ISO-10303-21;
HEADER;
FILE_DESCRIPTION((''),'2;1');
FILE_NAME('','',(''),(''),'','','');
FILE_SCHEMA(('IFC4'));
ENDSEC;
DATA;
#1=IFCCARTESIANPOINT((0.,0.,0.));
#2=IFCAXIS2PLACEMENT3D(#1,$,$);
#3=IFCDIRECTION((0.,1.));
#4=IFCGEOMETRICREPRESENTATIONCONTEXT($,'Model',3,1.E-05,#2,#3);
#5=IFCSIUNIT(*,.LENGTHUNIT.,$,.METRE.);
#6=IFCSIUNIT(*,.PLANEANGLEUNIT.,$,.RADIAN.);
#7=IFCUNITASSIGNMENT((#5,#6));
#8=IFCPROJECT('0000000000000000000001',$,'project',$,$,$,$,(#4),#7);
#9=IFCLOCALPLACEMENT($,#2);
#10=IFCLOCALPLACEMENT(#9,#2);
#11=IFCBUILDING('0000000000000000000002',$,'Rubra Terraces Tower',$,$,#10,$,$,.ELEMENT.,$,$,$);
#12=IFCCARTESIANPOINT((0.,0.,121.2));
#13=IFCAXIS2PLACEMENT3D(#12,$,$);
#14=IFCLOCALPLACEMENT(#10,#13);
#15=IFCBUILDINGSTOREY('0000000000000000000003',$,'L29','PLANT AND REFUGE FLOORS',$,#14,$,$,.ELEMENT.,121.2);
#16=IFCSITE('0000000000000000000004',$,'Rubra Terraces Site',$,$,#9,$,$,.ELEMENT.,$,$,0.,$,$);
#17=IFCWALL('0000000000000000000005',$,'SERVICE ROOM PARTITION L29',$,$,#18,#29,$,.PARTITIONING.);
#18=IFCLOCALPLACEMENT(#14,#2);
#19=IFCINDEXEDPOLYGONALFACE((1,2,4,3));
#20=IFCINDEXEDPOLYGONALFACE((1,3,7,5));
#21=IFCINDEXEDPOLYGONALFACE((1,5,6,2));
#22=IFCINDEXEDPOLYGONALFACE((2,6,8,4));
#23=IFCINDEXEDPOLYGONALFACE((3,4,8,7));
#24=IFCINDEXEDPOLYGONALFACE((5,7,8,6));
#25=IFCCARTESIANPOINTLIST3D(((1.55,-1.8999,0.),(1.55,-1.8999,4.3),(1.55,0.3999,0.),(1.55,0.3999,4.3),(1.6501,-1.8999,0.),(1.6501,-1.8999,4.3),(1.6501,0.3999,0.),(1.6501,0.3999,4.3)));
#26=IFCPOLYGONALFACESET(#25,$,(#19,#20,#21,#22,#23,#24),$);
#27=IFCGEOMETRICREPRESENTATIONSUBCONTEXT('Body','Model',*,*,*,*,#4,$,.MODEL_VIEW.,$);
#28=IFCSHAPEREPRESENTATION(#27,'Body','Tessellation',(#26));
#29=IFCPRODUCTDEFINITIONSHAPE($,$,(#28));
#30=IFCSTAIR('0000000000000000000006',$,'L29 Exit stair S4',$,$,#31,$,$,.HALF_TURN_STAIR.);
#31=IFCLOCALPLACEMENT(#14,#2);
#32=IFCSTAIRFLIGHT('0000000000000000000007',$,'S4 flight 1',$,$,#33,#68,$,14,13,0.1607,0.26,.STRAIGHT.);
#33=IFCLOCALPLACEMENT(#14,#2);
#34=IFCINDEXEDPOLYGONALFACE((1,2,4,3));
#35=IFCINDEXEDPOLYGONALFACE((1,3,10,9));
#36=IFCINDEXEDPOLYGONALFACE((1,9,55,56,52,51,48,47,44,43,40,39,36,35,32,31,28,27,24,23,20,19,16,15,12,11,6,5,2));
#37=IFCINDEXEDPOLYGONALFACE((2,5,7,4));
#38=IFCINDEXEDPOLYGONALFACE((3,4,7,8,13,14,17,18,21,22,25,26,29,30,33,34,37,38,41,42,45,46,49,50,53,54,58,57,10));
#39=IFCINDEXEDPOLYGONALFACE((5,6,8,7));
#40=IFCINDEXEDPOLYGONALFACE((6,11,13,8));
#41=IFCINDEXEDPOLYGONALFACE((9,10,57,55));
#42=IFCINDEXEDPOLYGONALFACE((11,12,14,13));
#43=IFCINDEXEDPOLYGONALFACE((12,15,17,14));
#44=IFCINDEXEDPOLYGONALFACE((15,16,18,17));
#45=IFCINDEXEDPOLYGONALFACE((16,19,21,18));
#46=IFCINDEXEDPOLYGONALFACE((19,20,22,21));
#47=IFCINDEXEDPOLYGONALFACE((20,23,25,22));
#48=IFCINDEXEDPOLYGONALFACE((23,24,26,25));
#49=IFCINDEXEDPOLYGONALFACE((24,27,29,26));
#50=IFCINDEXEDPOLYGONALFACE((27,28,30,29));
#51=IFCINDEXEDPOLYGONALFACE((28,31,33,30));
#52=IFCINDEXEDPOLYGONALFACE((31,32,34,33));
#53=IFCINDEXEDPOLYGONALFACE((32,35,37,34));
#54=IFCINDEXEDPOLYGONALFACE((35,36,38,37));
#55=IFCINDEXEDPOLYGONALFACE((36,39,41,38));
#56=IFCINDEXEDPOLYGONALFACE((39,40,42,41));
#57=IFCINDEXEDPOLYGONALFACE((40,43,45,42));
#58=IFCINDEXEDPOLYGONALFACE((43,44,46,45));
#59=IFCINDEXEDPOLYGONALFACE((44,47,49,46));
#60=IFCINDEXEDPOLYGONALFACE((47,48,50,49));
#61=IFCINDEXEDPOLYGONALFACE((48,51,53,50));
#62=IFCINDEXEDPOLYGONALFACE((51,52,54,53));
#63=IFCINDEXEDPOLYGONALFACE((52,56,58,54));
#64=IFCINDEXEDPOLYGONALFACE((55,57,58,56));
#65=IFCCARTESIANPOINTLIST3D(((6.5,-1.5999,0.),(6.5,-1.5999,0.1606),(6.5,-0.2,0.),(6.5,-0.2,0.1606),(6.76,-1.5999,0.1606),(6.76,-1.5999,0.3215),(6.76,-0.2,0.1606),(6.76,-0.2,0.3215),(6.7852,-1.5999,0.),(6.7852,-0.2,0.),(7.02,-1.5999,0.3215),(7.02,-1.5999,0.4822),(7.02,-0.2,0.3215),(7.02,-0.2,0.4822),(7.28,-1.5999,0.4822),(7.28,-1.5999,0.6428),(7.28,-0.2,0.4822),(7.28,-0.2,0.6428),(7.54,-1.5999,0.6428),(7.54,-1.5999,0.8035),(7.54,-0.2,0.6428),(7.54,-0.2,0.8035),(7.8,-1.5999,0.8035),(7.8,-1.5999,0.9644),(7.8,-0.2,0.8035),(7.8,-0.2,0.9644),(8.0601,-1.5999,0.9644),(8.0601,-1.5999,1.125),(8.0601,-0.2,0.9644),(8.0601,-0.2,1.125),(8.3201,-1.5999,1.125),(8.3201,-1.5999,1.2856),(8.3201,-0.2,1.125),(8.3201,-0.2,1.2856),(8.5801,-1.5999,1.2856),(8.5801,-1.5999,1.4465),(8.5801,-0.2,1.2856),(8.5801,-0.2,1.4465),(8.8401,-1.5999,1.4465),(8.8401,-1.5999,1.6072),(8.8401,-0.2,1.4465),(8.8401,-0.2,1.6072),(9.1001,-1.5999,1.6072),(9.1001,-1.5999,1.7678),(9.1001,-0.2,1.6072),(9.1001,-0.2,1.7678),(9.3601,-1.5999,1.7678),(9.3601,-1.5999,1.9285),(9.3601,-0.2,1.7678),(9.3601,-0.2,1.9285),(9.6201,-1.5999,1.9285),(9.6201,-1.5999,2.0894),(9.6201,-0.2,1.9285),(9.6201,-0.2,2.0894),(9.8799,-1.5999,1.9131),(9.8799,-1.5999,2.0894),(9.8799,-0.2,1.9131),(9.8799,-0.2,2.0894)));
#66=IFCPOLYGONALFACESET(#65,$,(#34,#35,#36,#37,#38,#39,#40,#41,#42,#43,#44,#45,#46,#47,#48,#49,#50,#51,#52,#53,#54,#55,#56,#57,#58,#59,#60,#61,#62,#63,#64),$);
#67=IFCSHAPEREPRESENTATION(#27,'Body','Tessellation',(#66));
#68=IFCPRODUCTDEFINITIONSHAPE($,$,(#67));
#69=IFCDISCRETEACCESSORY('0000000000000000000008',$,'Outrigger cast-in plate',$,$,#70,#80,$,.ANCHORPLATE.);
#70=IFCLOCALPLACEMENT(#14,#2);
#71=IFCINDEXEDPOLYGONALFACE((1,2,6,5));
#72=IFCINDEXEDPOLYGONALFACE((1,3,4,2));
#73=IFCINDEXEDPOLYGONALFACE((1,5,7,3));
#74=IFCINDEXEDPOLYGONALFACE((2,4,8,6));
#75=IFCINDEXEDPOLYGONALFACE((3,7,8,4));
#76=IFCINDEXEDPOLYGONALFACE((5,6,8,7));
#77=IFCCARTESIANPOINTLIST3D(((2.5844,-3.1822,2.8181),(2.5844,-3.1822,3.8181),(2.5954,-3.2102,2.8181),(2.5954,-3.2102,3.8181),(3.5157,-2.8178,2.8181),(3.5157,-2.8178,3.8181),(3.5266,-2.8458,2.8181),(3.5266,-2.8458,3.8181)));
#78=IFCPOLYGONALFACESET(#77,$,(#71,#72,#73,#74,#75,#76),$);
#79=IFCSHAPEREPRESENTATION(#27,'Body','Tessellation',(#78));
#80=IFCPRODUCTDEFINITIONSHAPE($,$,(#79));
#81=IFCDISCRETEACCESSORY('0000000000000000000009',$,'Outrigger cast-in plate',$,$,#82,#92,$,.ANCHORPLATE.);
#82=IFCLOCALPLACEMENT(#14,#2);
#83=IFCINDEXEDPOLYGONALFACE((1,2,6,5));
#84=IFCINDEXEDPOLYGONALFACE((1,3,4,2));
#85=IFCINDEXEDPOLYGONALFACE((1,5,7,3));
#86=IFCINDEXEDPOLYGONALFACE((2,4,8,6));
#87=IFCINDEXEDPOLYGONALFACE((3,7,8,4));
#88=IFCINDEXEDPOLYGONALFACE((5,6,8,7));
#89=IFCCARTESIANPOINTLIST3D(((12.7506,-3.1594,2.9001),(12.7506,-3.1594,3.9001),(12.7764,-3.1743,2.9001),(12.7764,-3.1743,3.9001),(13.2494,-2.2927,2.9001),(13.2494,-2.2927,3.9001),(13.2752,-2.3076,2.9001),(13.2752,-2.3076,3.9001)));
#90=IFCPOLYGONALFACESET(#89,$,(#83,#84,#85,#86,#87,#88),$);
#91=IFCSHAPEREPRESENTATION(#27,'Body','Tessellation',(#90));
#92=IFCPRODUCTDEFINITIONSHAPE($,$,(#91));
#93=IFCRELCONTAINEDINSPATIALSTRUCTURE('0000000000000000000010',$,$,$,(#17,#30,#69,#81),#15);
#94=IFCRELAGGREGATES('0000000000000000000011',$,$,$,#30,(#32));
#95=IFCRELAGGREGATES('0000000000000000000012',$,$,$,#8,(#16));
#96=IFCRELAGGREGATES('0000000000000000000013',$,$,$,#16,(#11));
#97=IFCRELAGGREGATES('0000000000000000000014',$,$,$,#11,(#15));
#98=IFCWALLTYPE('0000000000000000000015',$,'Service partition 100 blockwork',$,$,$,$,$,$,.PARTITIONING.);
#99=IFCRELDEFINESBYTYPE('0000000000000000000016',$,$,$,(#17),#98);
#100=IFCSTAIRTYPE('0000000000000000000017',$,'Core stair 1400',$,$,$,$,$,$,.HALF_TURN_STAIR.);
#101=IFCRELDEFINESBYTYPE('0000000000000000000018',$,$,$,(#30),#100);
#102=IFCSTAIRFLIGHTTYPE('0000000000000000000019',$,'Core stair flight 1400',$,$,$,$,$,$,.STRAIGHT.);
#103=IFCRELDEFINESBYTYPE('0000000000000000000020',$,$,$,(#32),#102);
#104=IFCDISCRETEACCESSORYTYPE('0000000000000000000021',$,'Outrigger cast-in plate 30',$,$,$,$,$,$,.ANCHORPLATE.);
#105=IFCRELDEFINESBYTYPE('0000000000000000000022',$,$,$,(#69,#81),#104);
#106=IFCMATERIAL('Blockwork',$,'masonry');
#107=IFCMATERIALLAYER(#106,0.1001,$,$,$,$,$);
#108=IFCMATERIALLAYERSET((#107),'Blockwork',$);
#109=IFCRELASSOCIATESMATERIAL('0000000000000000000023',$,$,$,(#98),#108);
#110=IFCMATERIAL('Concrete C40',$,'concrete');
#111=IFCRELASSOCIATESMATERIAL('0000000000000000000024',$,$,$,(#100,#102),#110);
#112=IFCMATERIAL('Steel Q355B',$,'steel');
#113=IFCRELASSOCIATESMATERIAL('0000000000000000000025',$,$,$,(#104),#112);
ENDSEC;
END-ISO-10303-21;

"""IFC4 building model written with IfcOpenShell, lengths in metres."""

from ifc_helpers import new_model, si_unit, direction, frame, frame_2d, origin, origin_2d, place, context, subcontext, project, spatial, polyline, rectangle, outline, extrude, material, layer, layer_set, material_profile, profile_set, type_object, element, aggregate, save


model = new_model("IFC4")

# Units and contexts
model_context = context("Model", 3, precision=1e-05, world=origin(), true_north=direction((0.0, 1.0)))
body_context = subcontext(model_context, "Body", "Model", "MODEL_VIEW")
ifc_project = project(units=[si_unit("LENGTHUNIT", "METRE"), si_unit("PLANEANGLEUNIT", "RADIAN")], contexts=[model_context])

# Site, building, storey
site_placement = place(None, origin())
site = spatial("IfcSite", under=ifc_project, at=site_placement, Name="Rubra Terraces Site", CompositionType="ELEMENT", RefElevation=0.0)
building_placement = place(site_placement, origin())
building = spatial("IfcBuilding", under=site, at=building_placement, Name="Rubra Terraces Tower", CompositionType="ELEMENT")
storey_placement = place(building_placement, frame((0.0, 0.0, 121.2)))
storey = spatial("IfcBuildingStorey", under=building, at=storey_placement, Name="L29", Description="PLANT AND REFUGE FLOORS", CompositionType="ELEMENT", Elevation=121.2)

# Shared definitions
ifc_material_1 = material(Name="Steel Q355B", Category="steel")

# Shared definitions
ifc_material_2 = material(Name="Concrete C40", Category="concrete")
ifc_material_3 = material(Name="Blockwork", Category="masonry")

# Wall
ifc_layer_1 = layer(ifc_material_3, 0.1001)
ifc_layer_set_1 = layer_set([ifc_layer_1], Name="Blockwork")
wall_type_1 = type_object("IfcWallType", Name="Service partition 100 blockwork", PredefinedType="PARTITIONING", material=ifc_layer_set_1)
wall_1_placement = place(storey_placement, frame((1.6001, -1.8999, 0.0), z_axis=(0.0, 0.0, 1.0), x_axis=(0.0, 1.0, 0.0)))
element("IfcWall", 1, at=wall_1_placement, inside=storey, type_object=wall_type_1, Name="SERVICE ROOM PARTITION L29", PredefinedType="PARTITIONING", context=body_context, shape_type="SweptSolid", body=[
    extrude(rectangle(XDim=2.2998, YDim=0.1001, at=frame_2d((1.1499, 0.0))), origin(), (0.0, 0.0, 1.0), 4.3),
])

# Stair, stair flight
stair_type = type_object("IfcStairType", Name="Core stair 1400", PredefinedType="HALF_TURN_STAIR", material=ifc_material_2)
stair_placement = place(storey_placement, origin())
stair = element("IfcStair", 2, at=stair_placement, inside=storey, type_object=stair_type, Name="L29 Exit stair S4", PredefinedType="HALF_TURN_STAIR")
stair_flight_type = type_object("IfcStairFlightType", Name="Core stair flight 1400", PredefinedType="STRAIGHT", material=ifc_material_2)
stair_flight_placement = place(storey_placement, frame((6.5, -0.8999, 0.0), z_axis=(0.0, 0.0, 1.0), x_axis=(1.0, 0.0, 0.0)))
stair_flight = element("IfcStairFlight", 3, at=stair_flight_placement, type_object=stair_flight_type, Name="S4 flight 1", NumberOfRisers=14, NumberOfTreads=13, PredefinedType="STRAIGHT", RiserHeight=0.1607, TreadLength=0.26, context=body_context, shape_type="SweptSolid", body=[
    extrude(outline(polyline([(0.0, 0.0), (0.0, 0.1606), (0.26, 0.1606), (0.26, 0.3215), (0.52, 0.3215), (0.52, 0.4822), (0.78, 0.4822), (0.78, 0.6428), (1.04, 0.6428), (1.04, 0.8035), (1.3, 0.8035), (1.3, 0.9644), (1.5601, 0.9644), (1.5601, 1.125), (1.8201, 1.125), (1.8201, 1.2856), (2.0801, 1.2856), (2.0801, 1.4465), (2.3401, 1.4465), (2.3401, 1.6072), (2.6001, 1.6072), (2.6001, 1.7678), (2.8601, 1.7678), (2.8601, 1.9285), (3.1201, 1.9285), (3.1201, 2.0894), (3.3799, 2.0894), (3.3799, 2.25), (3.3799, 1.9131), (0.2852, 0.0), (0.0, 0.0)])), frame((0.0, 0.7, 0.0), z_axis=(0.0, -1.0, 0.0), x_axis=(1.0, 0.0, 0.0)), (0.0, 0.0, 1.0), 1.3999),
])
aggregate(stair, [stair_flight])

# Discrete accessories
ifc_material_profile_1 = material_profile(ifc_material_1, rectangle(XDim=1.0, YDim=1.0, at=origin_2d()), Name="PL 1000x1000x30")
ifc_profile_set_1 = profile_set([ifc_material_profile_1], Name="Steel Q355B")
discrete_accessory_type = type_object("IfcDiscreteAccessoryType", Name="Outrigger cast-in plate 30", PredefinedType="ANCHORPLATE", material=ifc_profile_set_1)
discrete_accessory_1_placement = place(storey_placement, frame((3.05, -3.0, 3.3181), z_axis=(0.364399, -0.931243, 0.0), x_axis=(0.931243, 0.364399, 0.0)))
element("IfcDiscreteAccessory", 4, at=discrete_accessory_1_placement, inside=storey, type_object=discrete_accessory_type, Name="Outrigger cast-in plate", PredefinedType="ANCHORPLATE", context=body_context, shape_type="SweptSolid", body=[
    extrude(rectangle(XDim=1.0, YDim=1.0, at=origin_2d()), origin(), (0.0, 0.0, 1.0), 0.03),
])
discrete_accessory_2_placement = place(storey_placement, frame((13.0, -2.7261, 3.4001), z_axis=(0.86673, -0.498778, 0.0), x_axis=(0.498778, 0.86673, 0.0)))
element("IfcDiscreteAccessory", 5, at=discrete_accessory_2_placement, inside=storey, type_object=discrete_accessory_type, Name="Outrigger cast-in plate", PredefinedType="ANCHORPLATE", context=body_context, shape_type="SweptSolid", body=[
    extrude(rectangle(XDim=1.0, YDim=1.0, at=origin_2d()), origin(), (0.0, 0.0, 1.0), 0.0298),
])

save(model, "model.ifc")
